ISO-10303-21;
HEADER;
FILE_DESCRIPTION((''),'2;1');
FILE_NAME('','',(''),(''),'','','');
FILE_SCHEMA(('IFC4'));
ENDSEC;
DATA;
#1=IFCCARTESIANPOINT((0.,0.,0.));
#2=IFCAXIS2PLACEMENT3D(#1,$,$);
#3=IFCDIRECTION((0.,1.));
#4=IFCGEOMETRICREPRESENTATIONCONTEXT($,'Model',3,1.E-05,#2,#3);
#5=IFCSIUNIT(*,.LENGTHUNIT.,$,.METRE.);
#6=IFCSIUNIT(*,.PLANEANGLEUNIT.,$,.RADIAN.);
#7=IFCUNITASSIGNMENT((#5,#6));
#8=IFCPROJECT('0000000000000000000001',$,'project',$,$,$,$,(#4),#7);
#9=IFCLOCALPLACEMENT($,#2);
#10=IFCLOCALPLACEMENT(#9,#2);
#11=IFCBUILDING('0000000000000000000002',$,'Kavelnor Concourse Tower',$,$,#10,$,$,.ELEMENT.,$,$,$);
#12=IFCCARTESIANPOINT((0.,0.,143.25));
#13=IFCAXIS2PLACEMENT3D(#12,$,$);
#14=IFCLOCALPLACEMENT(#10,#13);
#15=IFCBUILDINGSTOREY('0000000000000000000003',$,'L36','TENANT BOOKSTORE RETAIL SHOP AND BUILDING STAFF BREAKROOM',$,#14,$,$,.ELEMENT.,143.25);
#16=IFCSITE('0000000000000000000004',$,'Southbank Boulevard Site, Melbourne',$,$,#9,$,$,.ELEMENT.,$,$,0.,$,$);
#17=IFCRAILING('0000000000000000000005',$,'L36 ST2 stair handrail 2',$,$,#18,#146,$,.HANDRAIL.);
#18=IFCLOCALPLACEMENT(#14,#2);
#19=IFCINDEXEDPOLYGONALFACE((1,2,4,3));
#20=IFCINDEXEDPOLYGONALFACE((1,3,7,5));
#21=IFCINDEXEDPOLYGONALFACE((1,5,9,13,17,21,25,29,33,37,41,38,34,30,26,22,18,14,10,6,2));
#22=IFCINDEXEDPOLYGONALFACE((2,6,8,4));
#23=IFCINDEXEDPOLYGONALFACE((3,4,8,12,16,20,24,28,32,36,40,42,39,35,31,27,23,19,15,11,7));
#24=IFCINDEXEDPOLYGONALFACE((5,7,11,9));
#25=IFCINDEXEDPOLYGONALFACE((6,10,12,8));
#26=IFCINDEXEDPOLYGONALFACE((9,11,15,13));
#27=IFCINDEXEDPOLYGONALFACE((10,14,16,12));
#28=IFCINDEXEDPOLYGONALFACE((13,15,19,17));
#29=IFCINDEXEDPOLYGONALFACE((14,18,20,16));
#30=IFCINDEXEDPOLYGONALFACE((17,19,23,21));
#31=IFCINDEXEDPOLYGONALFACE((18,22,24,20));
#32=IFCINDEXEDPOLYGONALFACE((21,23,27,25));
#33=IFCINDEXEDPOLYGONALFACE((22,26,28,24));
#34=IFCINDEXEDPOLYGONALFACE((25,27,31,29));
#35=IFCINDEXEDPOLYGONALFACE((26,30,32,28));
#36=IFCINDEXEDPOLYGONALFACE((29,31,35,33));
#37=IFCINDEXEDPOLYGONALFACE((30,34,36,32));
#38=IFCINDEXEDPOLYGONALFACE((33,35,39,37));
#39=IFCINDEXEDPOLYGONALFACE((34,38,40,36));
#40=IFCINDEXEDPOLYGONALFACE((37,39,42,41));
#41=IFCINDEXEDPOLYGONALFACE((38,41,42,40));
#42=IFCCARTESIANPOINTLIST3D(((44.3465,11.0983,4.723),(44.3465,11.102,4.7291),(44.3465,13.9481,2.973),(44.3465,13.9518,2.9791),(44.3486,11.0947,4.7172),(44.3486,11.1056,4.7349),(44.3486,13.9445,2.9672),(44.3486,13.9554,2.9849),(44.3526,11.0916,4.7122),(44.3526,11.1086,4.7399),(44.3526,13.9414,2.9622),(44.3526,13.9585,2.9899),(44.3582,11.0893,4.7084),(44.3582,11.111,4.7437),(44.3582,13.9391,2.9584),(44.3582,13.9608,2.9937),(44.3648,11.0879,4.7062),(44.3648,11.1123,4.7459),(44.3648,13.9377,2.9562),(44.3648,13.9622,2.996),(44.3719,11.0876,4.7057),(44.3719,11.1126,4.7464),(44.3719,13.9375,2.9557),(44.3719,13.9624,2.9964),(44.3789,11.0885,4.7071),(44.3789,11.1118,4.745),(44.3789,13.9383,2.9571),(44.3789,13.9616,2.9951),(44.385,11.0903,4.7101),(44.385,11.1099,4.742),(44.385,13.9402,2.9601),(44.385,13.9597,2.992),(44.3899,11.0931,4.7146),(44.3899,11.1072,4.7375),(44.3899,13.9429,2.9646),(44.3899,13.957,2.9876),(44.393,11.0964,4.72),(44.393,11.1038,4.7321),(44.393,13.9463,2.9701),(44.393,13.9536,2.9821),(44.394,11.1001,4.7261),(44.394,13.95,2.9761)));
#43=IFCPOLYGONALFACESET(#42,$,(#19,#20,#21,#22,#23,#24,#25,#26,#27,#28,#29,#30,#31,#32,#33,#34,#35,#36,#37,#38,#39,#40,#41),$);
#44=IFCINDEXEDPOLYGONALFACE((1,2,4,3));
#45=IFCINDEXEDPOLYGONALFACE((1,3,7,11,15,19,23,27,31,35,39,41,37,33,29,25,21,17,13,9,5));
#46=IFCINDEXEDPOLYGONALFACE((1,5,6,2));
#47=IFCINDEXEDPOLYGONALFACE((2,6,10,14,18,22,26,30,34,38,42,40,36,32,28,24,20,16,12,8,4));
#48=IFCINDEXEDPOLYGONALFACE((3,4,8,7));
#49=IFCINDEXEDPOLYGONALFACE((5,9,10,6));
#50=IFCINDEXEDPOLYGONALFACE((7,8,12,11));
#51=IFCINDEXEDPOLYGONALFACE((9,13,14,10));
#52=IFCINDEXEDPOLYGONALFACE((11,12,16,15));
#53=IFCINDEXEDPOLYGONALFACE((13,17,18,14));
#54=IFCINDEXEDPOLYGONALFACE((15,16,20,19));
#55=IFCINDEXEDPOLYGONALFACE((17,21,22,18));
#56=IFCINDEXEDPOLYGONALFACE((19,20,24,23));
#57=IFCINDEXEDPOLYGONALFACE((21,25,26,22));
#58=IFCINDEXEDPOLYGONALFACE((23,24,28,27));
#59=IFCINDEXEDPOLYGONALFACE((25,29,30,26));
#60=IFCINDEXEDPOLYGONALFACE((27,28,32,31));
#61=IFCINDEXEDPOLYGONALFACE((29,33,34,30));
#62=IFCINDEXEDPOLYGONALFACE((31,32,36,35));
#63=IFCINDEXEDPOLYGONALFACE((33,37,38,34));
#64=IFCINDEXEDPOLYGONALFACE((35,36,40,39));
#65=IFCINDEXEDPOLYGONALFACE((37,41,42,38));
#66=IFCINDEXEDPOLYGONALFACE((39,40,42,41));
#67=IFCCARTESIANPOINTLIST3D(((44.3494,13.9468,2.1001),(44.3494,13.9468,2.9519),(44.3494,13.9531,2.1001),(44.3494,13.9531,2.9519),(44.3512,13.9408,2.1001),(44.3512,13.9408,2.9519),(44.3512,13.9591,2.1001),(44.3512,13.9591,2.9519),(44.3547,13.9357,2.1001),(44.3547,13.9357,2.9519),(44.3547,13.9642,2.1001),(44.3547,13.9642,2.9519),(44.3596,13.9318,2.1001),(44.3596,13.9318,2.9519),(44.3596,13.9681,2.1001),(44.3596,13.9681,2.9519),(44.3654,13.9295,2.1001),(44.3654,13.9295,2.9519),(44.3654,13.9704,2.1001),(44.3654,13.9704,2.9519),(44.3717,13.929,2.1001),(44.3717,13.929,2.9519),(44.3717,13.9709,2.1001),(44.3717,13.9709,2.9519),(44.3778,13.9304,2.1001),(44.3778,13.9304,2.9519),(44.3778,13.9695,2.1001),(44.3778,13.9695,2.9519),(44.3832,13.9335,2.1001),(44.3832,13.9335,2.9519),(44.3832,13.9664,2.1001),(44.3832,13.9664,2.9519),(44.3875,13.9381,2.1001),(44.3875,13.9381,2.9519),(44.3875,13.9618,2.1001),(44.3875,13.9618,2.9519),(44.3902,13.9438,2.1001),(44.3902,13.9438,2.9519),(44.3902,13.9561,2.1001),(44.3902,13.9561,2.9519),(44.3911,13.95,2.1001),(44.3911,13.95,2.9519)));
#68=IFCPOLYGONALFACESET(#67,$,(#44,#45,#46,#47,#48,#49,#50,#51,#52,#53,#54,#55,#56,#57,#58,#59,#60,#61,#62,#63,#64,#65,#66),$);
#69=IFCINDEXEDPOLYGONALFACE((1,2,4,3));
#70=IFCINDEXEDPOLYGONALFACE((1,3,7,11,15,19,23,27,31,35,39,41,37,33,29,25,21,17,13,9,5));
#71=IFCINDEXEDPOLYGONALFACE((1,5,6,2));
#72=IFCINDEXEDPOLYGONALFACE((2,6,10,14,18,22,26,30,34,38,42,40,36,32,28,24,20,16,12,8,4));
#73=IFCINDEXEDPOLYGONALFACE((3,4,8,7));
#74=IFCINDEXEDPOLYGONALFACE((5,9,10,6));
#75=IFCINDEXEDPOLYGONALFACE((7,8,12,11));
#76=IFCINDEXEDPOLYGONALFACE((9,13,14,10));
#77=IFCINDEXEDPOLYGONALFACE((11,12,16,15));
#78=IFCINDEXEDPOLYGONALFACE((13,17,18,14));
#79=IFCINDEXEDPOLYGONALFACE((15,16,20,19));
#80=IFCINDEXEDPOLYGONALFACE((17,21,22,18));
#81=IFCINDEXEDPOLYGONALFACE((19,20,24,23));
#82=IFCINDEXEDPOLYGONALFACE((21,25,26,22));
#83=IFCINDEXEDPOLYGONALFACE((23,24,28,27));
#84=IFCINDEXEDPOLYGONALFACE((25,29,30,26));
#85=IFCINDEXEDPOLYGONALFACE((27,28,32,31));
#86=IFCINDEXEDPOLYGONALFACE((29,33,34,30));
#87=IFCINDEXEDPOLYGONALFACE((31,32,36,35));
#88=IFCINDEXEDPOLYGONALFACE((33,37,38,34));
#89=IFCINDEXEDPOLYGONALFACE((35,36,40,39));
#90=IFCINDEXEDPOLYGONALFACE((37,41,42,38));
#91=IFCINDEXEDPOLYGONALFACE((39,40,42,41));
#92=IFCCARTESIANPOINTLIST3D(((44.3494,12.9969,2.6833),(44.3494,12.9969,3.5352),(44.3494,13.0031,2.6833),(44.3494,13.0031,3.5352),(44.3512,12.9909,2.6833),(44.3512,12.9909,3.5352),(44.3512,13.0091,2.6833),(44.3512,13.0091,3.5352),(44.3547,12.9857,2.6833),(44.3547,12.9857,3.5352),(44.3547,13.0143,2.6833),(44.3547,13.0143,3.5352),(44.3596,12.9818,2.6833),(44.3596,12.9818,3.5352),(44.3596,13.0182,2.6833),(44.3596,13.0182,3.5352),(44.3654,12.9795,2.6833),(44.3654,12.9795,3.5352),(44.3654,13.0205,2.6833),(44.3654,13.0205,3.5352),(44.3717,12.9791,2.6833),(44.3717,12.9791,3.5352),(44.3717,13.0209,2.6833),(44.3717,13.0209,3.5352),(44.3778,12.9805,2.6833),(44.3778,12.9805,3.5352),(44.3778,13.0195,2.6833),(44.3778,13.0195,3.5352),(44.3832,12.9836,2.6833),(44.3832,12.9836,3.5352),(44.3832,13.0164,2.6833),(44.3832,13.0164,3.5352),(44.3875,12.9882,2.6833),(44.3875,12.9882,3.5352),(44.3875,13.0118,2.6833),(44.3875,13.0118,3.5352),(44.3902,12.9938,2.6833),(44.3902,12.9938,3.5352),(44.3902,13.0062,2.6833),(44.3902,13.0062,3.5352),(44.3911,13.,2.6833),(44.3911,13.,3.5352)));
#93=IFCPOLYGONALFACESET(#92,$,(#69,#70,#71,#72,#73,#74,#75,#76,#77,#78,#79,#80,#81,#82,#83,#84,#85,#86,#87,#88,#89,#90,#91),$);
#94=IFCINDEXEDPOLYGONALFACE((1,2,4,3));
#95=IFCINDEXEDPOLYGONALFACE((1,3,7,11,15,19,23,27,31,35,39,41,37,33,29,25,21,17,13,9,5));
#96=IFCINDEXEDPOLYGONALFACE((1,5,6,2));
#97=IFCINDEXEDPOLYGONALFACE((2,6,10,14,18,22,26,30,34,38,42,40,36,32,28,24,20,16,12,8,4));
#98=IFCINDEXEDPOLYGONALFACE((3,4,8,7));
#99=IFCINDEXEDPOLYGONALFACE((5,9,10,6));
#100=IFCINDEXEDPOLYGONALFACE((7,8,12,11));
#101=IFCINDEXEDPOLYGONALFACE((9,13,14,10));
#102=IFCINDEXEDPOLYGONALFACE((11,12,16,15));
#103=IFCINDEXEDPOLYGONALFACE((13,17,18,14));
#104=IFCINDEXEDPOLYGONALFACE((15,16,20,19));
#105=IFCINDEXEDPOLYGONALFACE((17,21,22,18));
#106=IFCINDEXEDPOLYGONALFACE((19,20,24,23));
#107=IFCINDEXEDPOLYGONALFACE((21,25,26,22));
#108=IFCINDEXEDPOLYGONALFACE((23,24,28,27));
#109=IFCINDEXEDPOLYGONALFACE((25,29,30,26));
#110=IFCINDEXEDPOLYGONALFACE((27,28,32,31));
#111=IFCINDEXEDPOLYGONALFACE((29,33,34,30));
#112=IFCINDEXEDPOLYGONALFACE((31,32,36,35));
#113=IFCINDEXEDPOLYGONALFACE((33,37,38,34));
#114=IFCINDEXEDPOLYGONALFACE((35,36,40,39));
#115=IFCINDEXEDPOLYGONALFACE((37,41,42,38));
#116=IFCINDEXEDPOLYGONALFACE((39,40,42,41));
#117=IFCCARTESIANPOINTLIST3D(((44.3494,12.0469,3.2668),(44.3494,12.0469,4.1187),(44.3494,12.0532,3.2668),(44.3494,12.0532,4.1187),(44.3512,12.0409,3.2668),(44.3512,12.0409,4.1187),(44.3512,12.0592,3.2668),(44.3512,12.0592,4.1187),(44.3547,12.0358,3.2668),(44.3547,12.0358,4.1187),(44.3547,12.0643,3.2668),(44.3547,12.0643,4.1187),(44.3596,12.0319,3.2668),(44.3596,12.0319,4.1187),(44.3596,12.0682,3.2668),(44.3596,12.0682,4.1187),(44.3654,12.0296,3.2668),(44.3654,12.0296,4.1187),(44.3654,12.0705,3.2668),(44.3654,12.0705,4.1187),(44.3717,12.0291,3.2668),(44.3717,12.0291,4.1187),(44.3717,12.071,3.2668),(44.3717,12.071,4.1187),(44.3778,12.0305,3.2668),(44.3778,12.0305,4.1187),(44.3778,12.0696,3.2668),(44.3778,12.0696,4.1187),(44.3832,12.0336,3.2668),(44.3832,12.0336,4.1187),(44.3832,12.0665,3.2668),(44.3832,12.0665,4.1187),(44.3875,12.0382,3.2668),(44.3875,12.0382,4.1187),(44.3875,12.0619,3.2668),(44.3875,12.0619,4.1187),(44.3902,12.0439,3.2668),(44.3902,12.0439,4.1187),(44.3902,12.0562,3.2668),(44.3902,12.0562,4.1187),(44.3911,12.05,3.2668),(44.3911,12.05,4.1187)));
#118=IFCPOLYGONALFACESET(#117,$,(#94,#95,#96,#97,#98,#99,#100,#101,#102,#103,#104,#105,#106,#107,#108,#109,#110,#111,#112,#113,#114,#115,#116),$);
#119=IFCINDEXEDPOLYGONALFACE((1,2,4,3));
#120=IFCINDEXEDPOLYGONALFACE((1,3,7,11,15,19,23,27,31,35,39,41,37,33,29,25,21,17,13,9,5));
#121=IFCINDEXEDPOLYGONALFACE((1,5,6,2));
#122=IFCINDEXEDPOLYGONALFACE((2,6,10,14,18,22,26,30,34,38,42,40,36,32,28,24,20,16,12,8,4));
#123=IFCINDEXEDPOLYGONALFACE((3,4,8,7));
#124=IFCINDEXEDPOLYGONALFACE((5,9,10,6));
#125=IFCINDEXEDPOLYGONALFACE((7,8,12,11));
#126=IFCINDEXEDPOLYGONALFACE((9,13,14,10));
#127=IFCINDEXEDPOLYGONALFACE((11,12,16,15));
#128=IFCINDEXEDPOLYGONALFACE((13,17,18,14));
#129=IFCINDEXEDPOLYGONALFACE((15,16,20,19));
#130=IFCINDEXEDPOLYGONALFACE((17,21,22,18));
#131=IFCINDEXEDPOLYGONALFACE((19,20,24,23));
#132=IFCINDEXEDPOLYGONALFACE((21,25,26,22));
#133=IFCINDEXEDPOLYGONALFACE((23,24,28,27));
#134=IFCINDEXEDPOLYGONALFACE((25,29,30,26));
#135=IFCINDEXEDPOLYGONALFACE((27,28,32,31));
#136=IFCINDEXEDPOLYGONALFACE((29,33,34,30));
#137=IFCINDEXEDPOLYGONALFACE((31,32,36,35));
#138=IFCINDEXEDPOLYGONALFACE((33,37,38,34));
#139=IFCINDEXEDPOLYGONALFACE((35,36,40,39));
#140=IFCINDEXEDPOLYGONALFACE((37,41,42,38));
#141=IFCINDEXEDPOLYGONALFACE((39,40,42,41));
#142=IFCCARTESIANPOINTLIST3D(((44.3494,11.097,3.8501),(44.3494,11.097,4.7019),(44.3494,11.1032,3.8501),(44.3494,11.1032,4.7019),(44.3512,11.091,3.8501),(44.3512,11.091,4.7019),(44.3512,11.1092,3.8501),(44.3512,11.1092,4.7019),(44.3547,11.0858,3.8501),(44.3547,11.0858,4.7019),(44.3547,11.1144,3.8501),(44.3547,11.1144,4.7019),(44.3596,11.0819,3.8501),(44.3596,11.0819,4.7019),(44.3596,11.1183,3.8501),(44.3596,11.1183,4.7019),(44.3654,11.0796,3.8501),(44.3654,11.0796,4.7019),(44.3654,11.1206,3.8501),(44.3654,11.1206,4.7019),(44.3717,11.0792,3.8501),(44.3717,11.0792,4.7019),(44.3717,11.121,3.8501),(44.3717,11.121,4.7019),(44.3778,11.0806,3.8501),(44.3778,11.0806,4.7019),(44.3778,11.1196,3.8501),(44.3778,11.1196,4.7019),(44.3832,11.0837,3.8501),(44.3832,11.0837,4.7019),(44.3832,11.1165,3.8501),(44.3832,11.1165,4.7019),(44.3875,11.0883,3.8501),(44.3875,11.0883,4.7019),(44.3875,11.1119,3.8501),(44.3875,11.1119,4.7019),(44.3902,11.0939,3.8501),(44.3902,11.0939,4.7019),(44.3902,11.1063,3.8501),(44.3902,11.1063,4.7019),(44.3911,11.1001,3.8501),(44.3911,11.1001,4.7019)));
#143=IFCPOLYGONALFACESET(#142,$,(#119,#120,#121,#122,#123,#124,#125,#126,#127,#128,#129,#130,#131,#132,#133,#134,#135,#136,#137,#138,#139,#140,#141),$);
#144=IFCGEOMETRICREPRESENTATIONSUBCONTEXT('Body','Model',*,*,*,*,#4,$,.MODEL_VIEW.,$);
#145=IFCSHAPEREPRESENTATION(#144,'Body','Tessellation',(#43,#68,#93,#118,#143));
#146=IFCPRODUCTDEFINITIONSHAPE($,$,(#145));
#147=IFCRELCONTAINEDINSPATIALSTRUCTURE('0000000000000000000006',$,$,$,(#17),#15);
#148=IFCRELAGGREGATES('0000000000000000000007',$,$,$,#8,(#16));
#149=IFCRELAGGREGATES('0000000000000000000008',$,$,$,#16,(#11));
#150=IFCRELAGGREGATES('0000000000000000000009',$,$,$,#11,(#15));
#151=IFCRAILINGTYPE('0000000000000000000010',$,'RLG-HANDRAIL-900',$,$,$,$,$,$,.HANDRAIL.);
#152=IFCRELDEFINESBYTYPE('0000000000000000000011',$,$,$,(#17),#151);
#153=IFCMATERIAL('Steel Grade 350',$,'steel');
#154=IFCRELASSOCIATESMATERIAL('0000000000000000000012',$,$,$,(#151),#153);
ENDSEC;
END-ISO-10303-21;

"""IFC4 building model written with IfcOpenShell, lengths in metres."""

from ifc_helpers import new_model, si_unit, direction, frame, origin, origin_2d, place, context, subcontext, project, spatial, circle, extrude, material, type_object, element, save


model = new_model("IFC4")

# Units and contexts
model_context = context("Model", 3, precision=1e-05, world=origin(), true_north=direction((0.0, 1.0)))
body_context = subcontext(model_context, "Body", "Model", "MODEL_VIEW")
ifc_project = project(units=[si_unit("LENGTHUNIT", "METRE"), si_unit("PLANEANGLEUNIT", "RADIAN")], contexts=[model_context])

# Site, building, storey
site_placement = place(None, origin())
site = spatial("IfcSite", under=ifc_project, at=site_placement, Name="Southbank Boulevard Site, Melbourne", CompositionType="ELEMENT", RefElevation=0.0)
building_placement = place(site_placement, origin())
building = spatial("IfcBuilding", under=site, at=building_placement, Name="Kavelnor Concourse Tower", CompositionType="ELEMENT")
storey_placement = place(building_placement, frame((0.0, 0.0, 143.25)))
storey = spatial("IfcBuildingStorey", under=building, at=storey_placement, Name="L36", Description="TENANT BOOKSTORE RETAIL SHOP AND BUILDING STAFF BREAKROOM", CompositionType="ELEMENT", Elevation=143.25)

# Shared definitions
ifc_material_1 = material(Name="Steel Grade 350", Category="steel")

# Railing
railing_type_1 = type_object("IfcRailingType", Name="RLG-HANDRAIL-900", PredefinedType="HANDRAIL", material=ifc_material_1)
railing_1_placement = place(storey_placement, frame((44.3701, 13.95, 2.1001)))
element("IfcRailing", 1, at=railing_1_placement, inside=storey, type_object=railing_type_1, Name="L36 ST2 stair handrail 2", PredefinedType="HANDRAIL", context=body_context, shape_type="SweptSolid", body=[
    extrude(circle(Radius=0.0239, at=origin_2d()), frame((0.0, 0.0, 0.876), z_axis=(0.0, -0.852159, 0.523283), x_axis=(1.0, 0.0, 0.0)), (0.0, 0.0, 1.0), 3.3442),
    extrude(circle(Radius=0.021, at=origin_2d()), origin(), (0.0, 0.0, 1.0), 0.8518),
    extrude(circle(Radius=0.021, at=origin_2d()), frame((0.0, -0.95, 0.5833)), (0.0, 0.0, 1.0), 0.8518),
    extrude(circle(Radius=0.021, at=origin_2d()), frame((0.0, -1.8999, 1.1667)), (0.0, 0.0, 1.0), 0.8518),
    extrude(circle(Radius=0.021, at=origin_2d()), frame((0.0, -2.8499, 1.75)), (0.0, 0.0, 1.0), 0.8518),
])

save(model, "model.ifc")
